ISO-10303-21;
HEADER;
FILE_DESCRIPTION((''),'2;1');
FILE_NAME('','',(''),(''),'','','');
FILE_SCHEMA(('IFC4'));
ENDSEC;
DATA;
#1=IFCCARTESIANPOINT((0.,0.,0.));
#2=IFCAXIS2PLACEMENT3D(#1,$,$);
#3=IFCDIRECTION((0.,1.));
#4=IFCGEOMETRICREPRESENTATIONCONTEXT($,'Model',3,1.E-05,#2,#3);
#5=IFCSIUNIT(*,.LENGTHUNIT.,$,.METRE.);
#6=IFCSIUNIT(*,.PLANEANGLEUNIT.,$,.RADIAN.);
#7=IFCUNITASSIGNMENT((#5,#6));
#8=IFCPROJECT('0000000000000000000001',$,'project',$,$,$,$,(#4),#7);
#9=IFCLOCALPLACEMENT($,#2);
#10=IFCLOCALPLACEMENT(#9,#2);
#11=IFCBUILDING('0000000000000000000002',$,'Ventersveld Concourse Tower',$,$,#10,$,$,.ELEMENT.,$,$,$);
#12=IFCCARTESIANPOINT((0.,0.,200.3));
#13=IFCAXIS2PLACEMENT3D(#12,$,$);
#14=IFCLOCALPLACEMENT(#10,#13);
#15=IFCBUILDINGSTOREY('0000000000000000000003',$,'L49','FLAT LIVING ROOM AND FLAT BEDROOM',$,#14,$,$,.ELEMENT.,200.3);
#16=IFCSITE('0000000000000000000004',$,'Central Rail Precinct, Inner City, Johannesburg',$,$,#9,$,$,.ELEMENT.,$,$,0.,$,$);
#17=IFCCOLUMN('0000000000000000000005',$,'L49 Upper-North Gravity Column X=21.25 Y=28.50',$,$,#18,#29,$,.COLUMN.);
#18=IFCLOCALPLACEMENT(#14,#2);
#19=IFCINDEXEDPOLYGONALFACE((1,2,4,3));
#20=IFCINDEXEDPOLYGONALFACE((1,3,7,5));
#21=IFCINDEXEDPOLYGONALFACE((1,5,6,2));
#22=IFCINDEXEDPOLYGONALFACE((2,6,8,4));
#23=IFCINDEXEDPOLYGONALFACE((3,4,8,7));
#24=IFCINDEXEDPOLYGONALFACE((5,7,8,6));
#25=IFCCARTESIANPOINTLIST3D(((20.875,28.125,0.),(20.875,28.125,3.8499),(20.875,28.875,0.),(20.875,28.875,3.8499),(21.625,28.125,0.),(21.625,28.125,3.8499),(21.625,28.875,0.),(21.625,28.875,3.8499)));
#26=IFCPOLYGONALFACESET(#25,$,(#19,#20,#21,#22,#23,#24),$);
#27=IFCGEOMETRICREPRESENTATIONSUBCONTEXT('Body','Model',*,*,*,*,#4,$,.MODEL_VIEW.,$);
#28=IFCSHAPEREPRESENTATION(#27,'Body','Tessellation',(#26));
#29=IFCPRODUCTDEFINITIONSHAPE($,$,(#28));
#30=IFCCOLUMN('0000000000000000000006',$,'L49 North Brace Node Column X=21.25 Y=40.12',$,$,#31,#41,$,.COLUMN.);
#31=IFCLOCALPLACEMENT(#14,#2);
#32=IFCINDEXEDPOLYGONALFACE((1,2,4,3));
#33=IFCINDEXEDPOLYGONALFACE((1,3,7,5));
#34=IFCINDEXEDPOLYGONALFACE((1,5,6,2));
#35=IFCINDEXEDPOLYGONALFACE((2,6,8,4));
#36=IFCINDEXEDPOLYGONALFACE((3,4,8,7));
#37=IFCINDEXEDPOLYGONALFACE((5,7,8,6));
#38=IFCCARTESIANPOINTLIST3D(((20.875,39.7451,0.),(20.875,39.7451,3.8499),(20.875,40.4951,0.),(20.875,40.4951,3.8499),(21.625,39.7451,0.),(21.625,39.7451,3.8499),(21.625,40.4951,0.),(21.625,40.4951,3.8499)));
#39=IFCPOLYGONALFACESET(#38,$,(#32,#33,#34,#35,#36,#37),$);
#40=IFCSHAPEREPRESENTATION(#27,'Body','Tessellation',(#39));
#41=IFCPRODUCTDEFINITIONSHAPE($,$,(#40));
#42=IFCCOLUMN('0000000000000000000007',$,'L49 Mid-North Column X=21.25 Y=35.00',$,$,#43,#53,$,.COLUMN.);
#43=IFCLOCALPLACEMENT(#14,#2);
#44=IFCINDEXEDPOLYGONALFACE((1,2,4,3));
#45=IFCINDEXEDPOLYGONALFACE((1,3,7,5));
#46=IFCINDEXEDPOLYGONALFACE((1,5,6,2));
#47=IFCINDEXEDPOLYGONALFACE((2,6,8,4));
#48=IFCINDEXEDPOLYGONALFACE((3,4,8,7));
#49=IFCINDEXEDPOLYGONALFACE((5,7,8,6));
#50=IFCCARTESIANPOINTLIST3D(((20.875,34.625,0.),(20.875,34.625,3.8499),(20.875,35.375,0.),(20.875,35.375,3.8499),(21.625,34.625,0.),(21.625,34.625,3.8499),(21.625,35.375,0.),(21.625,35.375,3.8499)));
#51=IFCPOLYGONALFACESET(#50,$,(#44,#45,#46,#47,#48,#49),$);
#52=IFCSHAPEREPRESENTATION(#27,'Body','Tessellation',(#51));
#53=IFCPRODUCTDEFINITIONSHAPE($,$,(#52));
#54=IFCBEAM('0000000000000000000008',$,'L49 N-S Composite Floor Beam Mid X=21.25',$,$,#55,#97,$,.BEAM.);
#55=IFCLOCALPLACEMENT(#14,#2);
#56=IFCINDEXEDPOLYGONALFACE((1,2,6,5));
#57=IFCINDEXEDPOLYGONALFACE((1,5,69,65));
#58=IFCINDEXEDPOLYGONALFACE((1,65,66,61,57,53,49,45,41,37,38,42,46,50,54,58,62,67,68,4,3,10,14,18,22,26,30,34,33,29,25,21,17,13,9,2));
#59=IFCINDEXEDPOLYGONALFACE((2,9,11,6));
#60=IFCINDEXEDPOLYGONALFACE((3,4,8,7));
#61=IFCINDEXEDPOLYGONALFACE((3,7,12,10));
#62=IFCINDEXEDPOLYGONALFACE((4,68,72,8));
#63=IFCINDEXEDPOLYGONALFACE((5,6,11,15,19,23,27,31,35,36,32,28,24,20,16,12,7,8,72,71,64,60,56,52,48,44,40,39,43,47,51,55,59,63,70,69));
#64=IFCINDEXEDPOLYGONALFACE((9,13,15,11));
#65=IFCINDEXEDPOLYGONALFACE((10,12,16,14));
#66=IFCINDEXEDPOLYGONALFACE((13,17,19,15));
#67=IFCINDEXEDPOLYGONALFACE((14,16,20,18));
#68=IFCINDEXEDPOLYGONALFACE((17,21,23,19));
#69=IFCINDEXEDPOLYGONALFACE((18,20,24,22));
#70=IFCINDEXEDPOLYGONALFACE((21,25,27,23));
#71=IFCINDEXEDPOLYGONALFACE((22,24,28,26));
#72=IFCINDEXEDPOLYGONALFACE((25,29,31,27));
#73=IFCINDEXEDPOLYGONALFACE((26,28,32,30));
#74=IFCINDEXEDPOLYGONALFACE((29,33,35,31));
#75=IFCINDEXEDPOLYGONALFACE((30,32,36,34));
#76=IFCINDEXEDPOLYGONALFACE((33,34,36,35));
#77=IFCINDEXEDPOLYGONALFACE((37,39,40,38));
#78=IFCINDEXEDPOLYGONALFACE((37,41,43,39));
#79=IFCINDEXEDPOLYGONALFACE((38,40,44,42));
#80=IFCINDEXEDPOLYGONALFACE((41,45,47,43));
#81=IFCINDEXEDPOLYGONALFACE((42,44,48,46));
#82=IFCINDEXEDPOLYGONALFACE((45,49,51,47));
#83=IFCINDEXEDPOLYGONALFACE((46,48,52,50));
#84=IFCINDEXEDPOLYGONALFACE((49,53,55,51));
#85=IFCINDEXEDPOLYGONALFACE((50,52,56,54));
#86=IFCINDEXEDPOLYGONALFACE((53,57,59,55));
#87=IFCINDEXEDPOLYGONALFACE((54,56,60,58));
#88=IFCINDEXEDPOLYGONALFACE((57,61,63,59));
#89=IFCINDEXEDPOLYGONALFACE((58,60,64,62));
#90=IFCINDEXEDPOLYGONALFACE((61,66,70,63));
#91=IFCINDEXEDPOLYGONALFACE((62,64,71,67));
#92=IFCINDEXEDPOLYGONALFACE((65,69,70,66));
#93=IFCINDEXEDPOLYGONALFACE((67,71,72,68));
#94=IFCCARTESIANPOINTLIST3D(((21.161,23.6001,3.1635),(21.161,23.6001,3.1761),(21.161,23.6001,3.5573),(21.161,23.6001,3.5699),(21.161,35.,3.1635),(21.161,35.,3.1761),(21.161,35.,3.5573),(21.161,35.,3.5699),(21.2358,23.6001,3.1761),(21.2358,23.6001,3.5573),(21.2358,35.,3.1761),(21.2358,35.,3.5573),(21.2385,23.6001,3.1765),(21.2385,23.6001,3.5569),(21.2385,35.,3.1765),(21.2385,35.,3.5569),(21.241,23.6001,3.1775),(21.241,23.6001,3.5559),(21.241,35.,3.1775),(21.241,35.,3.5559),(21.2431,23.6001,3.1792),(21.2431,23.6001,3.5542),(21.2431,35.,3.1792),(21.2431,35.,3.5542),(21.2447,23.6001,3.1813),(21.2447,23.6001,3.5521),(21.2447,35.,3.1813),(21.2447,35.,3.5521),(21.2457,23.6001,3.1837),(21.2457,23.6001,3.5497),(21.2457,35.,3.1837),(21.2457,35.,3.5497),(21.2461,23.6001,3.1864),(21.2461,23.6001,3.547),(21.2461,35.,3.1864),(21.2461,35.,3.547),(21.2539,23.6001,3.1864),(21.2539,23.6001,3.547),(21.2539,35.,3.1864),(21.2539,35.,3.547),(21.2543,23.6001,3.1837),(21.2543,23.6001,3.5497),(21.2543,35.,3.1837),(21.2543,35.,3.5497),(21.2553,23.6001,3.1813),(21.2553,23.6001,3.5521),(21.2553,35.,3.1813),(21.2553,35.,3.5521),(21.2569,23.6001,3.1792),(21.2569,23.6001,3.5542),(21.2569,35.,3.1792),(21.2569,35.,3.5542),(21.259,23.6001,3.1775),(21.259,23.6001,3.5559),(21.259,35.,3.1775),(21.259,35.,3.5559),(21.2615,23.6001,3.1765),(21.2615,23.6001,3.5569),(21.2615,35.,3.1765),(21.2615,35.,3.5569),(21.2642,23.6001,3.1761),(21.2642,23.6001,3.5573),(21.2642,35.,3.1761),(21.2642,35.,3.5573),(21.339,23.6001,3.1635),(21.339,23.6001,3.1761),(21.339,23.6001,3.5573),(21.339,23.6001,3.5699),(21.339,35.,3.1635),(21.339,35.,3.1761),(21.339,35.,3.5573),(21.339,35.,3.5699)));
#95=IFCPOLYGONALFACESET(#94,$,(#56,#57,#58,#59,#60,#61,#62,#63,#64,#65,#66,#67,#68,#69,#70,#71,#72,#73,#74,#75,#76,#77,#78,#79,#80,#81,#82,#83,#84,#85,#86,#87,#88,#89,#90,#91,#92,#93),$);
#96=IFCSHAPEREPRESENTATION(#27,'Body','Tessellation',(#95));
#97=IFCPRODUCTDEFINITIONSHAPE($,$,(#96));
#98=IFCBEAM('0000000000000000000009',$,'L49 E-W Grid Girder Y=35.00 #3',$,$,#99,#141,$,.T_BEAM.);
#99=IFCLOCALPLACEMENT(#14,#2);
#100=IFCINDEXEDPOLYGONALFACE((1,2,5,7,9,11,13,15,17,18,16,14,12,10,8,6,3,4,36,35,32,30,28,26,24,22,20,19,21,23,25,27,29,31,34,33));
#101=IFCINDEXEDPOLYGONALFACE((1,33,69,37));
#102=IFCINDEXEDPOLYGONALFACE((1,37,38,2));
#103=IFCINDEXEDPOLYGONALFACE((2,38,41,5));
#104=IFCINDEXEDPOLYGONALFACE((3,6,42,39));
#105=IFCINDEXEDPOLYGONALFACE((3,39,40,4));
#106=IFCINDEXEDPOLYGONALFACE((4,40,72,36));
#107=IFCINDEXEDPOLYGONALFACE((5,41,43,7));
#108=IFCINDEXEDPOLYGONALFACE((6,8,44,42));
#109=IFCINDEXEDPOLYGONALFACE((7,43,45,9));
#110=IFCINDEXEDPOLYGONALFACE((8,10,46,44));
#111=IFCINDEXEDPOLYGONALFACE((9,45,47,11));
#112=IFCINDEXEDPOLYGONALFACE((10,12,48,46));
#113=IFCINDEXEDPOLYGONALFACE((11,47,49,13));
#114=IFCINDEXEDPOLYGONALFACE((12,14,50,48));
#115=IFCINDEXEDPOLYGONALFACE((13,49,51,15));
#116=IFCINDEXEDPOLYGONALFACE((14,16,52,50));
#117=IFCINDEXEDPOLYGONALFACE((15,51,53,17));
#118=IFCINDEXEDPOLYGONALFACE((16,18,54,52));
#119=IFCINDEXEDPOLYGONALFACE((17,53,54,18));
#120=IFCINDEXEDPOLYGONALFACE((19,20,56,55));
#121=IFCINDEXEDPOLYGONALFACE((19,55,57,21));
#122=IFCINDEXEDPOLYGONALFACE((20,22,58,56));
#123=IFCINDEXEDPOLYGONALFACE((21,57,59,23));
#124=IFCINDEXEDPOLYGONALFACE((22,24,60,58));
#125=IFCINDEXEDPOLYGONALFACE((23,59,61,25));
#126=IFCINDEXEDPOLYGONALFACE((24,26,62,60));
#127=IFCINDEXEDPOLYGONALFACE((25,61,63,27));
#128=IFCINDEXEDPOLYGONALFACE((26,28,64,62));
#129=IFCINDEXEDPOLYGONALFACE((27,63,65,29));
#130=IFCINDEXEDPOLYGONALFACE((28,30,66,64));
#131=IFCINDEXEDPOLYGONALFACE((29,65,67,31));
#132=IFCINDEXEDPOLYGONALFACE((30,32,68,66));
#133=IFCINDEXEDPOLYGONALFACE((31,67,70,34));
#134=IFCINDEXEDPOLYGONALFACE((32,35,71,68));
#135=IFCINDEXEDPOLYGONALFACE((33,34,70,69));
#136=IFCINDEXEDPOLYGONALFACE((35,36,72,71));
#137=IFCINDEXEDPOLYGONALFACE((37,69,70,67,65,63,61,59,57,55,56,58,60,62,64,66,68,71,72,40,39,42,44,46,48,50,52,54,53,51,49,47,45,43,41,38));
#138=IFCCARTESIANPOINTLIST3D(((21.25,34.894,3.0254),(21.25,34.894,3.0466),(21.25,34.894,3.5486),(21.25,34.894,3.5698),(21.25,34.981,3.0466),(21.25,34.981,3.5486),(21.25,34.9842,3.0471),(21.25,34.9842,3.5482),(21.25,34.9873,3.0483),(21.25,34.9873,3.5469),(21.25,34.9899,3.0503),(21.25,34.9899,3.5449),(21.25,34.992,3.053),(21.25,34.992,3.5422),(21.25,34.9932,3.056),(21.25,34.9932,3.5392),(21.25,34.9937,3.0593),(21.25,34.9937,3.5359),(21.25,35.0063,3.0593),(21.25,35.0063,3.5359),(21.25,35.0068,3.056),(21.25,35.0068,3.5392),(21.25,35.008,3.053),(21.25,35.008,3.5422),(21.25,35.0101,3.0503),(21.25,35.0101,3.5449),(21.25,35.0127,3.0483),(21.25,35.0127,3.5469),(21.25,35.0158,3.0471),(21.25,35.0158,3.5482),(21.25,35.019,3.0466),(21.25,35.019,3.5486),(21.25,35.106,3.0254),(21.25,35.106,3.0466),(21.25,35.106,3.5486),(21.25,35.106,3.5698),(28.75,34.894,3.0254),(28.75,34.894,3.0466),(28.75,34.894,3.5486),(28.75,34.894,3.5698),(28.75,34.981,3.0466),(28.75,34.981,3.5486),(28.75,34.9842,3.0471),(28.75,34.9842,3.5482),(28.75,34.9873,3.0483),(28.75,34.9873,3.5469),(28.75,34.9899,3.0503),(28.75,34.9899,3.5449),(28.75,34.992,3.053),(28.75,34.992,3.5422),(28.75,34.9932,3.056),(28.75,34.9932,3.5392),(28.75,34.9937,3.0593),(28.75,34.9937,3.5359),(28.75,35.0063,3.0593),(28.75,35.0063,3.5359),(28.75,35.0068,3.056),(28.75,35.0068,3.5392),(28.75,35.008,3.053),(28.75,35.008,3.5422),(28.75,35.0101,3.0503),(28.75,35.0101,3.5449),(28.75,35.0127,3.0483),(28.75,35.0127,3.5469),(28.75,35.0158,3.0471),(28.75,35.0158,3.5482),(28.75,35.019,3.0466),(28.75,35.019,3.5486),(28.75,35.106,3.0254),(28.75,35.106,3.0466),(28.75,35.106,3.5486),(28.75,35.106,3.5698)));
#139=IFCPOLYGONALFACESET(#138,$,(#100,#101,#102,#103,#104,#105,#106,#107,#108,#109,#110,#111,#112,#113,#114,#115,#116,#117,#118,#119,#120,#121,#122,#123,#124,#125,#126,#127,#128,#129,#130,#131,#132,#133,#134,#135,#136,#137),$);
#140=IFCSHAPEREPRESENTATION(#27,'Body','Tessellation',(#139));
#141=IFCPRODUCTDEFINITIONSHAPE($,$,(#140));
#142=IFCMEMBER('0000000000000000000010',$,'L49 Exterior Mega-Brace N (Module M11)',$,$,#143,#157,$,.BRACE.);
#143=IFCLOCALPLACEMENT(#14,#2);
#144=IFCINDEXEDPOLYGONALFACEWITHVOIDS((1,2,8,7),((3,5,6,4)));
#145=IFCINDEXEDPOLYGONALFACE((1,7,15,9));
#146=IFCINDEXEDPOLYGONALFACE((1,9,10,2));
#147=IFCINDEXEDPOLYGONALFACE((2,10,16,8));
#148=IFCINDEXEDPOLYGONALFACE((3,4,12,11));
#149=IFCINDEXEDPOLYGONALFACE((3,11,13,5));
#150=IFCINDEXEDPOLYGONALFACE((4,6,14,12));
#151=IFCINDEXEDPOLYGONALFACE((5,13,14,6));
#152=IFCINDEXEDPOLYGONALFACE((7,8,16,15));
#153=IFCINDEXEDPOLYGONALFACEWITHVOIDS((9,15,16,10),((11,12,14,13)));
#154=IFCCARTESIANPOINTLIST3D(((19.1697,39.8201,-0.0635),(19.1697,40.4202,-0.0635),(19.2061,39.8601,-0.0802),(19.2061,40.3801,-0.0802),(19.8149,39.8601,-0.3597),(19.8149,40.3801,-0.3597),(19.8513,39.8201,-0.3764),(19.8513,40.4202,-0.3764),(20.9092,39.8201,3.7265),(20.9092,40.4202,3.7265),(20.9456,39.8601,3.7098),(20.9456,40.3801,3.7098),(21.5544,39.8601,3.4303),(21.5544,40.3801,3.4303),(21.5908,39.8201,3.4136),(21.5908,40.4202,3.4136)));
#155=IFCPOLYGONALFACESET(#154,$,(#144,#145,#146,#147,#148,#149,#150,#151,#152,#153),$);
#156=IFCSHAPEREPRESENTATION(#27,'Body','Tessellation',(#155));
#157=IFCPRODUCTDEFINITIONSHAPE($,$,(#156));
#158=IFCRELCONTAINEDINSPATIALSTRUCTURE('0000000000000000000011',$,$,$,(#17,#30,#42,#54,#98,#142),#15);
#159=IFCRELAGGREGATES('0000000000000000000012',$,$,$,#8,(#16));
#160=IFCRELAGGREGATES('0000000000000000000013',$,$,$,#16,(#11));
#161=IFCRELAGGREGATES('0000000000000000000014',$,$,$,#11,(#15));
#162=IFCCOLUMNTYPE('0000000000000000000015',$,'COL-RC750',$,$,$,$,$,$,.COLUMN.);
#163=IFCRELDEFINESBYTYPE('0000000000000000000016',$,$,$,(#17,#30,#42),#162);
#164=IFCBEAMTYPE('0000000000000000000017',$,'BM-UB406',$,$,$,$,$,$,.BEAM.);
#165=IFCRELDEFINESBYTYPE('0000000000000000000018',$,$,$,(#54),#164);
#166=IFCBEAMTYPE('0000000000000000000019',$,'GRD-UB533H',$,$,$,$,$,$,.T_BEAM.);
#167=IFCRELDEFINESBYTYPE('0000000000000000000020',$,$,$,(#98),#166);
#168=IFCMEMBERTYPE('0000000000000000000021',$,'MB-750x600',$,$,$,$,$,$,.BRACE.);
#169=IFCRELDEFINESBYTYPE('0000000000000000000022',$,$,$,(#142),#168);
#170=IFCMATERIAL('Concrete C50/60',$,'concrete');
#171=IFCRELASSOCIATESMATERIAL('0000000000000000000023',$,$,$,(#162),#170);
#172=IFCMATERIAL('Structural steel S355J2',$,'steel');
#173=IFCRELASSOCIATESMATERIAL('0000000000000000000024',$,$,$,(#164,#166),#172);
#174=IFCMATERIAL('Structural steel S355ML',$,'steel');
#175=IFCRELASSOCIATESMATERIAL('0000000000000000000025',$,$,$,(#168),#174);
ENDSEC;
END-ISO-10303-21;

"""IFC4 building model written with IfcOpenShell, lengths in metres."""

from ifc_helpers import new_model, si_unit, direction, frame, origin, origin_2d, place, context, subcontext, project, spatial, rectangle, hollow_rectangle, i_section, extrude, material, material_profile, profile_set, type_object, element, save


model = new_model("IFC4")

# Units and contexts
model_context = context("Model", 3, precision=1e-05, world=origin(), true_north=direction((0.0, 1.0)))
body_context = subcontext(model_context, "Body", "Model", "MODEL_VIEW")
ifc_project = project(units=[si_unit("LENGTHUNIT", "METRE"), si_unit("PLANEANGLEUNIT", "RADIAN")], contexts=[model_context])

# Site, building, storey
site_placement = place(None, origin())
site = spatial("IfcSite", under=ifc_project, at=site_placement, Name="Central Rail Precinct, Inner City, Johannesburg", CompositionType="ELEMENT", RefElevation=0.0)
building_placement = place(site_placement, origin())
building = spatial("IfcBuilding", under=site, at=building_placement, Name="Ventersveld Concourse Tower", CompositionType="ELEMENT")
storey_placement = place(building_placement, frame((0.0, 0.0, 200.3)))
storey = spatial("IfcBuildingStorey", under=building, at=storey_placement, Name="L49", Description="FLAT LIVING ROOM AND FLAT BEDROOM", CompositionType="ELEMENT", Elevation=200.3)

# Columns
ifc_material_1 = material(Name="Concrete C50/60", Category="concrete")
ifc_material_profile_1 = material_profile(ifc_material_1, rectangle(XDim=0.75, YDim=0.75, at=origin_2d()), Name="RC 750x750")
ifc_profile_set_1 = profile_set([ifc_material_profile_1], Name="Concrete C50/60")
column_type = type_object("IfcColumnType", Name="COL-RC750", PredefinedType="COLUMN", material=ifc_profile_set_1)
for number, where, z_axis, x_axis, name in (
    (1, (21.25, 28.5, 0.0), (0.0, 0.0, 1.0), (1.0, 0.0, 0.0), "L49 Upper-North Gravity Column X=21.25 Y=28.50"),
    (2, (21.25, 40.1201, 0.0), (0.0, 0.0, 1.0), (1.0, 0.0, 0.0), "L49 North Brace Node Column X=21.25 Y=40.12"),
    (3, (21.25, 35.0, 0.0), (0.0, 0.0, 1.0), (1.0, 0.0, 0.0), "L49 Mid-North Column X=21.25 Y=35.00"),
):
    element("IfcColumn", number, at=place(storey_placement, frame(where, z_axis=z_axis, x_axis=x_axis)), inside=storey, type_object=column_type, Name=name, PredefinedType="COLUMN", context=body_context, shape_type="SweptSolid", body=[
        extrude(rectangle(XDim=0.75, YDim=0.75, at=origin_2d()), origin(), (0.0, 0.0, 1.0), 3.8499),
    ])

# Beams
ifc_material_2 = material(Name="Structural steel S355J2", Category="steel")
ifc_material_profile_2 = material_profile(ifc_material_2, i_section(OverallWidth=0.178, OverallDepth=0.4065, WebThickness=0.0078, FlangeThickness=0.0127, FilletRadius=0.0103, at=origin_2d()), Name="UB 406x178x60")
ifc_profile_set_2 = profile_set([ifc_material_profile_2], Name="Structural steel S355J2")
beam_type_1 = type_object("IfcBeamType", Name="BM-UB406", PredefinedType="BEAM", material=ifc_profile_set_2)
beam_1_placement = place(storey_placement, frame((21.25, 23.6001, 3.3667), z_axis=(0.0, 1.0, 0.0), x_axis=(-1.0, 0.0, 0.0)))
element("IfcBeam", 4, at=beam_1_placement, inside=storey, type_object=beam_type_1, Name="L49 N-S Composite Floor Beam Mid X=21.25", PredefinedType="BEAM", context=body_context, shape_type="SweptSolid", body=[
    extrude(i_section(OverallWidth=0.178, OverallDepth=0.4065, WebThickness=0.0078, FlangeThickness=0.0127, FilletRadius=0.0103, at=origin_2d()), origin(), (0.0, 0.0, 1.0), 11.3999),
])
ifc_material_profile_3 = material_profile(ifc_material_2, i_section(OverallWidth=0.2119, OverallDepth=0.5444, WebThickness=0.0127, FlangeThickness=0.0212, FilletRadius=0.0127, at=origin_2d()), Name="UB 533x210x122")
ifc_profile_set_3 = profile_set([ifc_material_profile_3], Name="Structural steel S355J2")
beam_type_2 = type_object("IfcBeamType", Name="GRD-UB533H", PredefinedType="T_BEAM", material=ifc_profile_set_3)
beam_2_placement = place(storey_placement, frame((21.25, 35.0, 3.2976), z_axis=(1.0, 0.0, 0.0), x_axis=(0.0, 1.0, 0.0)))
element("IfcBeam", 5, at=beam_2_placement, inside=storey, type_object=beam_type_2, Name="L49 E-W Grid Girder Y=35.00 #3", PredefinedType="T_BEAM", context=body_context, shape_type="SweptSolid", body=[
    extrude(i_section(OverallWidth=0.2119, OverallDepth=0.5444, WebThickness=0.0127, FlangeThickness=0.0212, FilletRadius=0.0127, at=origin_2d()), origin(), (0.0, 0.0, 1.0), 7.5),
])

# Member
ifc_material_3 = material(Name="Structural steel S355ML", Category="steel")
ifc_material_profile_4 = material_profile(ifc_material_3, hollow_rectangle(XDim=0.6001, YDim=0.75, WallThickness=0.04, at=origin_2d()), Name="BOX 750x600x40")
ifc_profile_set_4 = profile_set([ifc_material_profile_4], Name="Structural steel S355ML")
member_type = type_object("IfcMemberType", Name="MB-750x600", PredefinedType="BRACE", material=ifc_profile_set_4)
member_placement = place(storey_placement, frame((19.5105, 40.1201, -0.22), z_axis=(0.41713, 0.0, 0.908847), x_axis=(0.0, 1.0, 0.0)))
element("IfcMember", 6, at=member_placement, inside=storey, type_object=member_type, Name="L49 Exterior Mega-Brace N (Module M11)", PredefinedType="BRACE", context=body_context, shape_type="SweptSolid", body=[
    extrude(hollow_rectangle(XDim=0.6001, YDim=0.75, WallThickness=0.04, at=origin_2d()), origin(), (0.0, 0.0, 1.0), 4.1702),
])

save(model, "model.ifc")
